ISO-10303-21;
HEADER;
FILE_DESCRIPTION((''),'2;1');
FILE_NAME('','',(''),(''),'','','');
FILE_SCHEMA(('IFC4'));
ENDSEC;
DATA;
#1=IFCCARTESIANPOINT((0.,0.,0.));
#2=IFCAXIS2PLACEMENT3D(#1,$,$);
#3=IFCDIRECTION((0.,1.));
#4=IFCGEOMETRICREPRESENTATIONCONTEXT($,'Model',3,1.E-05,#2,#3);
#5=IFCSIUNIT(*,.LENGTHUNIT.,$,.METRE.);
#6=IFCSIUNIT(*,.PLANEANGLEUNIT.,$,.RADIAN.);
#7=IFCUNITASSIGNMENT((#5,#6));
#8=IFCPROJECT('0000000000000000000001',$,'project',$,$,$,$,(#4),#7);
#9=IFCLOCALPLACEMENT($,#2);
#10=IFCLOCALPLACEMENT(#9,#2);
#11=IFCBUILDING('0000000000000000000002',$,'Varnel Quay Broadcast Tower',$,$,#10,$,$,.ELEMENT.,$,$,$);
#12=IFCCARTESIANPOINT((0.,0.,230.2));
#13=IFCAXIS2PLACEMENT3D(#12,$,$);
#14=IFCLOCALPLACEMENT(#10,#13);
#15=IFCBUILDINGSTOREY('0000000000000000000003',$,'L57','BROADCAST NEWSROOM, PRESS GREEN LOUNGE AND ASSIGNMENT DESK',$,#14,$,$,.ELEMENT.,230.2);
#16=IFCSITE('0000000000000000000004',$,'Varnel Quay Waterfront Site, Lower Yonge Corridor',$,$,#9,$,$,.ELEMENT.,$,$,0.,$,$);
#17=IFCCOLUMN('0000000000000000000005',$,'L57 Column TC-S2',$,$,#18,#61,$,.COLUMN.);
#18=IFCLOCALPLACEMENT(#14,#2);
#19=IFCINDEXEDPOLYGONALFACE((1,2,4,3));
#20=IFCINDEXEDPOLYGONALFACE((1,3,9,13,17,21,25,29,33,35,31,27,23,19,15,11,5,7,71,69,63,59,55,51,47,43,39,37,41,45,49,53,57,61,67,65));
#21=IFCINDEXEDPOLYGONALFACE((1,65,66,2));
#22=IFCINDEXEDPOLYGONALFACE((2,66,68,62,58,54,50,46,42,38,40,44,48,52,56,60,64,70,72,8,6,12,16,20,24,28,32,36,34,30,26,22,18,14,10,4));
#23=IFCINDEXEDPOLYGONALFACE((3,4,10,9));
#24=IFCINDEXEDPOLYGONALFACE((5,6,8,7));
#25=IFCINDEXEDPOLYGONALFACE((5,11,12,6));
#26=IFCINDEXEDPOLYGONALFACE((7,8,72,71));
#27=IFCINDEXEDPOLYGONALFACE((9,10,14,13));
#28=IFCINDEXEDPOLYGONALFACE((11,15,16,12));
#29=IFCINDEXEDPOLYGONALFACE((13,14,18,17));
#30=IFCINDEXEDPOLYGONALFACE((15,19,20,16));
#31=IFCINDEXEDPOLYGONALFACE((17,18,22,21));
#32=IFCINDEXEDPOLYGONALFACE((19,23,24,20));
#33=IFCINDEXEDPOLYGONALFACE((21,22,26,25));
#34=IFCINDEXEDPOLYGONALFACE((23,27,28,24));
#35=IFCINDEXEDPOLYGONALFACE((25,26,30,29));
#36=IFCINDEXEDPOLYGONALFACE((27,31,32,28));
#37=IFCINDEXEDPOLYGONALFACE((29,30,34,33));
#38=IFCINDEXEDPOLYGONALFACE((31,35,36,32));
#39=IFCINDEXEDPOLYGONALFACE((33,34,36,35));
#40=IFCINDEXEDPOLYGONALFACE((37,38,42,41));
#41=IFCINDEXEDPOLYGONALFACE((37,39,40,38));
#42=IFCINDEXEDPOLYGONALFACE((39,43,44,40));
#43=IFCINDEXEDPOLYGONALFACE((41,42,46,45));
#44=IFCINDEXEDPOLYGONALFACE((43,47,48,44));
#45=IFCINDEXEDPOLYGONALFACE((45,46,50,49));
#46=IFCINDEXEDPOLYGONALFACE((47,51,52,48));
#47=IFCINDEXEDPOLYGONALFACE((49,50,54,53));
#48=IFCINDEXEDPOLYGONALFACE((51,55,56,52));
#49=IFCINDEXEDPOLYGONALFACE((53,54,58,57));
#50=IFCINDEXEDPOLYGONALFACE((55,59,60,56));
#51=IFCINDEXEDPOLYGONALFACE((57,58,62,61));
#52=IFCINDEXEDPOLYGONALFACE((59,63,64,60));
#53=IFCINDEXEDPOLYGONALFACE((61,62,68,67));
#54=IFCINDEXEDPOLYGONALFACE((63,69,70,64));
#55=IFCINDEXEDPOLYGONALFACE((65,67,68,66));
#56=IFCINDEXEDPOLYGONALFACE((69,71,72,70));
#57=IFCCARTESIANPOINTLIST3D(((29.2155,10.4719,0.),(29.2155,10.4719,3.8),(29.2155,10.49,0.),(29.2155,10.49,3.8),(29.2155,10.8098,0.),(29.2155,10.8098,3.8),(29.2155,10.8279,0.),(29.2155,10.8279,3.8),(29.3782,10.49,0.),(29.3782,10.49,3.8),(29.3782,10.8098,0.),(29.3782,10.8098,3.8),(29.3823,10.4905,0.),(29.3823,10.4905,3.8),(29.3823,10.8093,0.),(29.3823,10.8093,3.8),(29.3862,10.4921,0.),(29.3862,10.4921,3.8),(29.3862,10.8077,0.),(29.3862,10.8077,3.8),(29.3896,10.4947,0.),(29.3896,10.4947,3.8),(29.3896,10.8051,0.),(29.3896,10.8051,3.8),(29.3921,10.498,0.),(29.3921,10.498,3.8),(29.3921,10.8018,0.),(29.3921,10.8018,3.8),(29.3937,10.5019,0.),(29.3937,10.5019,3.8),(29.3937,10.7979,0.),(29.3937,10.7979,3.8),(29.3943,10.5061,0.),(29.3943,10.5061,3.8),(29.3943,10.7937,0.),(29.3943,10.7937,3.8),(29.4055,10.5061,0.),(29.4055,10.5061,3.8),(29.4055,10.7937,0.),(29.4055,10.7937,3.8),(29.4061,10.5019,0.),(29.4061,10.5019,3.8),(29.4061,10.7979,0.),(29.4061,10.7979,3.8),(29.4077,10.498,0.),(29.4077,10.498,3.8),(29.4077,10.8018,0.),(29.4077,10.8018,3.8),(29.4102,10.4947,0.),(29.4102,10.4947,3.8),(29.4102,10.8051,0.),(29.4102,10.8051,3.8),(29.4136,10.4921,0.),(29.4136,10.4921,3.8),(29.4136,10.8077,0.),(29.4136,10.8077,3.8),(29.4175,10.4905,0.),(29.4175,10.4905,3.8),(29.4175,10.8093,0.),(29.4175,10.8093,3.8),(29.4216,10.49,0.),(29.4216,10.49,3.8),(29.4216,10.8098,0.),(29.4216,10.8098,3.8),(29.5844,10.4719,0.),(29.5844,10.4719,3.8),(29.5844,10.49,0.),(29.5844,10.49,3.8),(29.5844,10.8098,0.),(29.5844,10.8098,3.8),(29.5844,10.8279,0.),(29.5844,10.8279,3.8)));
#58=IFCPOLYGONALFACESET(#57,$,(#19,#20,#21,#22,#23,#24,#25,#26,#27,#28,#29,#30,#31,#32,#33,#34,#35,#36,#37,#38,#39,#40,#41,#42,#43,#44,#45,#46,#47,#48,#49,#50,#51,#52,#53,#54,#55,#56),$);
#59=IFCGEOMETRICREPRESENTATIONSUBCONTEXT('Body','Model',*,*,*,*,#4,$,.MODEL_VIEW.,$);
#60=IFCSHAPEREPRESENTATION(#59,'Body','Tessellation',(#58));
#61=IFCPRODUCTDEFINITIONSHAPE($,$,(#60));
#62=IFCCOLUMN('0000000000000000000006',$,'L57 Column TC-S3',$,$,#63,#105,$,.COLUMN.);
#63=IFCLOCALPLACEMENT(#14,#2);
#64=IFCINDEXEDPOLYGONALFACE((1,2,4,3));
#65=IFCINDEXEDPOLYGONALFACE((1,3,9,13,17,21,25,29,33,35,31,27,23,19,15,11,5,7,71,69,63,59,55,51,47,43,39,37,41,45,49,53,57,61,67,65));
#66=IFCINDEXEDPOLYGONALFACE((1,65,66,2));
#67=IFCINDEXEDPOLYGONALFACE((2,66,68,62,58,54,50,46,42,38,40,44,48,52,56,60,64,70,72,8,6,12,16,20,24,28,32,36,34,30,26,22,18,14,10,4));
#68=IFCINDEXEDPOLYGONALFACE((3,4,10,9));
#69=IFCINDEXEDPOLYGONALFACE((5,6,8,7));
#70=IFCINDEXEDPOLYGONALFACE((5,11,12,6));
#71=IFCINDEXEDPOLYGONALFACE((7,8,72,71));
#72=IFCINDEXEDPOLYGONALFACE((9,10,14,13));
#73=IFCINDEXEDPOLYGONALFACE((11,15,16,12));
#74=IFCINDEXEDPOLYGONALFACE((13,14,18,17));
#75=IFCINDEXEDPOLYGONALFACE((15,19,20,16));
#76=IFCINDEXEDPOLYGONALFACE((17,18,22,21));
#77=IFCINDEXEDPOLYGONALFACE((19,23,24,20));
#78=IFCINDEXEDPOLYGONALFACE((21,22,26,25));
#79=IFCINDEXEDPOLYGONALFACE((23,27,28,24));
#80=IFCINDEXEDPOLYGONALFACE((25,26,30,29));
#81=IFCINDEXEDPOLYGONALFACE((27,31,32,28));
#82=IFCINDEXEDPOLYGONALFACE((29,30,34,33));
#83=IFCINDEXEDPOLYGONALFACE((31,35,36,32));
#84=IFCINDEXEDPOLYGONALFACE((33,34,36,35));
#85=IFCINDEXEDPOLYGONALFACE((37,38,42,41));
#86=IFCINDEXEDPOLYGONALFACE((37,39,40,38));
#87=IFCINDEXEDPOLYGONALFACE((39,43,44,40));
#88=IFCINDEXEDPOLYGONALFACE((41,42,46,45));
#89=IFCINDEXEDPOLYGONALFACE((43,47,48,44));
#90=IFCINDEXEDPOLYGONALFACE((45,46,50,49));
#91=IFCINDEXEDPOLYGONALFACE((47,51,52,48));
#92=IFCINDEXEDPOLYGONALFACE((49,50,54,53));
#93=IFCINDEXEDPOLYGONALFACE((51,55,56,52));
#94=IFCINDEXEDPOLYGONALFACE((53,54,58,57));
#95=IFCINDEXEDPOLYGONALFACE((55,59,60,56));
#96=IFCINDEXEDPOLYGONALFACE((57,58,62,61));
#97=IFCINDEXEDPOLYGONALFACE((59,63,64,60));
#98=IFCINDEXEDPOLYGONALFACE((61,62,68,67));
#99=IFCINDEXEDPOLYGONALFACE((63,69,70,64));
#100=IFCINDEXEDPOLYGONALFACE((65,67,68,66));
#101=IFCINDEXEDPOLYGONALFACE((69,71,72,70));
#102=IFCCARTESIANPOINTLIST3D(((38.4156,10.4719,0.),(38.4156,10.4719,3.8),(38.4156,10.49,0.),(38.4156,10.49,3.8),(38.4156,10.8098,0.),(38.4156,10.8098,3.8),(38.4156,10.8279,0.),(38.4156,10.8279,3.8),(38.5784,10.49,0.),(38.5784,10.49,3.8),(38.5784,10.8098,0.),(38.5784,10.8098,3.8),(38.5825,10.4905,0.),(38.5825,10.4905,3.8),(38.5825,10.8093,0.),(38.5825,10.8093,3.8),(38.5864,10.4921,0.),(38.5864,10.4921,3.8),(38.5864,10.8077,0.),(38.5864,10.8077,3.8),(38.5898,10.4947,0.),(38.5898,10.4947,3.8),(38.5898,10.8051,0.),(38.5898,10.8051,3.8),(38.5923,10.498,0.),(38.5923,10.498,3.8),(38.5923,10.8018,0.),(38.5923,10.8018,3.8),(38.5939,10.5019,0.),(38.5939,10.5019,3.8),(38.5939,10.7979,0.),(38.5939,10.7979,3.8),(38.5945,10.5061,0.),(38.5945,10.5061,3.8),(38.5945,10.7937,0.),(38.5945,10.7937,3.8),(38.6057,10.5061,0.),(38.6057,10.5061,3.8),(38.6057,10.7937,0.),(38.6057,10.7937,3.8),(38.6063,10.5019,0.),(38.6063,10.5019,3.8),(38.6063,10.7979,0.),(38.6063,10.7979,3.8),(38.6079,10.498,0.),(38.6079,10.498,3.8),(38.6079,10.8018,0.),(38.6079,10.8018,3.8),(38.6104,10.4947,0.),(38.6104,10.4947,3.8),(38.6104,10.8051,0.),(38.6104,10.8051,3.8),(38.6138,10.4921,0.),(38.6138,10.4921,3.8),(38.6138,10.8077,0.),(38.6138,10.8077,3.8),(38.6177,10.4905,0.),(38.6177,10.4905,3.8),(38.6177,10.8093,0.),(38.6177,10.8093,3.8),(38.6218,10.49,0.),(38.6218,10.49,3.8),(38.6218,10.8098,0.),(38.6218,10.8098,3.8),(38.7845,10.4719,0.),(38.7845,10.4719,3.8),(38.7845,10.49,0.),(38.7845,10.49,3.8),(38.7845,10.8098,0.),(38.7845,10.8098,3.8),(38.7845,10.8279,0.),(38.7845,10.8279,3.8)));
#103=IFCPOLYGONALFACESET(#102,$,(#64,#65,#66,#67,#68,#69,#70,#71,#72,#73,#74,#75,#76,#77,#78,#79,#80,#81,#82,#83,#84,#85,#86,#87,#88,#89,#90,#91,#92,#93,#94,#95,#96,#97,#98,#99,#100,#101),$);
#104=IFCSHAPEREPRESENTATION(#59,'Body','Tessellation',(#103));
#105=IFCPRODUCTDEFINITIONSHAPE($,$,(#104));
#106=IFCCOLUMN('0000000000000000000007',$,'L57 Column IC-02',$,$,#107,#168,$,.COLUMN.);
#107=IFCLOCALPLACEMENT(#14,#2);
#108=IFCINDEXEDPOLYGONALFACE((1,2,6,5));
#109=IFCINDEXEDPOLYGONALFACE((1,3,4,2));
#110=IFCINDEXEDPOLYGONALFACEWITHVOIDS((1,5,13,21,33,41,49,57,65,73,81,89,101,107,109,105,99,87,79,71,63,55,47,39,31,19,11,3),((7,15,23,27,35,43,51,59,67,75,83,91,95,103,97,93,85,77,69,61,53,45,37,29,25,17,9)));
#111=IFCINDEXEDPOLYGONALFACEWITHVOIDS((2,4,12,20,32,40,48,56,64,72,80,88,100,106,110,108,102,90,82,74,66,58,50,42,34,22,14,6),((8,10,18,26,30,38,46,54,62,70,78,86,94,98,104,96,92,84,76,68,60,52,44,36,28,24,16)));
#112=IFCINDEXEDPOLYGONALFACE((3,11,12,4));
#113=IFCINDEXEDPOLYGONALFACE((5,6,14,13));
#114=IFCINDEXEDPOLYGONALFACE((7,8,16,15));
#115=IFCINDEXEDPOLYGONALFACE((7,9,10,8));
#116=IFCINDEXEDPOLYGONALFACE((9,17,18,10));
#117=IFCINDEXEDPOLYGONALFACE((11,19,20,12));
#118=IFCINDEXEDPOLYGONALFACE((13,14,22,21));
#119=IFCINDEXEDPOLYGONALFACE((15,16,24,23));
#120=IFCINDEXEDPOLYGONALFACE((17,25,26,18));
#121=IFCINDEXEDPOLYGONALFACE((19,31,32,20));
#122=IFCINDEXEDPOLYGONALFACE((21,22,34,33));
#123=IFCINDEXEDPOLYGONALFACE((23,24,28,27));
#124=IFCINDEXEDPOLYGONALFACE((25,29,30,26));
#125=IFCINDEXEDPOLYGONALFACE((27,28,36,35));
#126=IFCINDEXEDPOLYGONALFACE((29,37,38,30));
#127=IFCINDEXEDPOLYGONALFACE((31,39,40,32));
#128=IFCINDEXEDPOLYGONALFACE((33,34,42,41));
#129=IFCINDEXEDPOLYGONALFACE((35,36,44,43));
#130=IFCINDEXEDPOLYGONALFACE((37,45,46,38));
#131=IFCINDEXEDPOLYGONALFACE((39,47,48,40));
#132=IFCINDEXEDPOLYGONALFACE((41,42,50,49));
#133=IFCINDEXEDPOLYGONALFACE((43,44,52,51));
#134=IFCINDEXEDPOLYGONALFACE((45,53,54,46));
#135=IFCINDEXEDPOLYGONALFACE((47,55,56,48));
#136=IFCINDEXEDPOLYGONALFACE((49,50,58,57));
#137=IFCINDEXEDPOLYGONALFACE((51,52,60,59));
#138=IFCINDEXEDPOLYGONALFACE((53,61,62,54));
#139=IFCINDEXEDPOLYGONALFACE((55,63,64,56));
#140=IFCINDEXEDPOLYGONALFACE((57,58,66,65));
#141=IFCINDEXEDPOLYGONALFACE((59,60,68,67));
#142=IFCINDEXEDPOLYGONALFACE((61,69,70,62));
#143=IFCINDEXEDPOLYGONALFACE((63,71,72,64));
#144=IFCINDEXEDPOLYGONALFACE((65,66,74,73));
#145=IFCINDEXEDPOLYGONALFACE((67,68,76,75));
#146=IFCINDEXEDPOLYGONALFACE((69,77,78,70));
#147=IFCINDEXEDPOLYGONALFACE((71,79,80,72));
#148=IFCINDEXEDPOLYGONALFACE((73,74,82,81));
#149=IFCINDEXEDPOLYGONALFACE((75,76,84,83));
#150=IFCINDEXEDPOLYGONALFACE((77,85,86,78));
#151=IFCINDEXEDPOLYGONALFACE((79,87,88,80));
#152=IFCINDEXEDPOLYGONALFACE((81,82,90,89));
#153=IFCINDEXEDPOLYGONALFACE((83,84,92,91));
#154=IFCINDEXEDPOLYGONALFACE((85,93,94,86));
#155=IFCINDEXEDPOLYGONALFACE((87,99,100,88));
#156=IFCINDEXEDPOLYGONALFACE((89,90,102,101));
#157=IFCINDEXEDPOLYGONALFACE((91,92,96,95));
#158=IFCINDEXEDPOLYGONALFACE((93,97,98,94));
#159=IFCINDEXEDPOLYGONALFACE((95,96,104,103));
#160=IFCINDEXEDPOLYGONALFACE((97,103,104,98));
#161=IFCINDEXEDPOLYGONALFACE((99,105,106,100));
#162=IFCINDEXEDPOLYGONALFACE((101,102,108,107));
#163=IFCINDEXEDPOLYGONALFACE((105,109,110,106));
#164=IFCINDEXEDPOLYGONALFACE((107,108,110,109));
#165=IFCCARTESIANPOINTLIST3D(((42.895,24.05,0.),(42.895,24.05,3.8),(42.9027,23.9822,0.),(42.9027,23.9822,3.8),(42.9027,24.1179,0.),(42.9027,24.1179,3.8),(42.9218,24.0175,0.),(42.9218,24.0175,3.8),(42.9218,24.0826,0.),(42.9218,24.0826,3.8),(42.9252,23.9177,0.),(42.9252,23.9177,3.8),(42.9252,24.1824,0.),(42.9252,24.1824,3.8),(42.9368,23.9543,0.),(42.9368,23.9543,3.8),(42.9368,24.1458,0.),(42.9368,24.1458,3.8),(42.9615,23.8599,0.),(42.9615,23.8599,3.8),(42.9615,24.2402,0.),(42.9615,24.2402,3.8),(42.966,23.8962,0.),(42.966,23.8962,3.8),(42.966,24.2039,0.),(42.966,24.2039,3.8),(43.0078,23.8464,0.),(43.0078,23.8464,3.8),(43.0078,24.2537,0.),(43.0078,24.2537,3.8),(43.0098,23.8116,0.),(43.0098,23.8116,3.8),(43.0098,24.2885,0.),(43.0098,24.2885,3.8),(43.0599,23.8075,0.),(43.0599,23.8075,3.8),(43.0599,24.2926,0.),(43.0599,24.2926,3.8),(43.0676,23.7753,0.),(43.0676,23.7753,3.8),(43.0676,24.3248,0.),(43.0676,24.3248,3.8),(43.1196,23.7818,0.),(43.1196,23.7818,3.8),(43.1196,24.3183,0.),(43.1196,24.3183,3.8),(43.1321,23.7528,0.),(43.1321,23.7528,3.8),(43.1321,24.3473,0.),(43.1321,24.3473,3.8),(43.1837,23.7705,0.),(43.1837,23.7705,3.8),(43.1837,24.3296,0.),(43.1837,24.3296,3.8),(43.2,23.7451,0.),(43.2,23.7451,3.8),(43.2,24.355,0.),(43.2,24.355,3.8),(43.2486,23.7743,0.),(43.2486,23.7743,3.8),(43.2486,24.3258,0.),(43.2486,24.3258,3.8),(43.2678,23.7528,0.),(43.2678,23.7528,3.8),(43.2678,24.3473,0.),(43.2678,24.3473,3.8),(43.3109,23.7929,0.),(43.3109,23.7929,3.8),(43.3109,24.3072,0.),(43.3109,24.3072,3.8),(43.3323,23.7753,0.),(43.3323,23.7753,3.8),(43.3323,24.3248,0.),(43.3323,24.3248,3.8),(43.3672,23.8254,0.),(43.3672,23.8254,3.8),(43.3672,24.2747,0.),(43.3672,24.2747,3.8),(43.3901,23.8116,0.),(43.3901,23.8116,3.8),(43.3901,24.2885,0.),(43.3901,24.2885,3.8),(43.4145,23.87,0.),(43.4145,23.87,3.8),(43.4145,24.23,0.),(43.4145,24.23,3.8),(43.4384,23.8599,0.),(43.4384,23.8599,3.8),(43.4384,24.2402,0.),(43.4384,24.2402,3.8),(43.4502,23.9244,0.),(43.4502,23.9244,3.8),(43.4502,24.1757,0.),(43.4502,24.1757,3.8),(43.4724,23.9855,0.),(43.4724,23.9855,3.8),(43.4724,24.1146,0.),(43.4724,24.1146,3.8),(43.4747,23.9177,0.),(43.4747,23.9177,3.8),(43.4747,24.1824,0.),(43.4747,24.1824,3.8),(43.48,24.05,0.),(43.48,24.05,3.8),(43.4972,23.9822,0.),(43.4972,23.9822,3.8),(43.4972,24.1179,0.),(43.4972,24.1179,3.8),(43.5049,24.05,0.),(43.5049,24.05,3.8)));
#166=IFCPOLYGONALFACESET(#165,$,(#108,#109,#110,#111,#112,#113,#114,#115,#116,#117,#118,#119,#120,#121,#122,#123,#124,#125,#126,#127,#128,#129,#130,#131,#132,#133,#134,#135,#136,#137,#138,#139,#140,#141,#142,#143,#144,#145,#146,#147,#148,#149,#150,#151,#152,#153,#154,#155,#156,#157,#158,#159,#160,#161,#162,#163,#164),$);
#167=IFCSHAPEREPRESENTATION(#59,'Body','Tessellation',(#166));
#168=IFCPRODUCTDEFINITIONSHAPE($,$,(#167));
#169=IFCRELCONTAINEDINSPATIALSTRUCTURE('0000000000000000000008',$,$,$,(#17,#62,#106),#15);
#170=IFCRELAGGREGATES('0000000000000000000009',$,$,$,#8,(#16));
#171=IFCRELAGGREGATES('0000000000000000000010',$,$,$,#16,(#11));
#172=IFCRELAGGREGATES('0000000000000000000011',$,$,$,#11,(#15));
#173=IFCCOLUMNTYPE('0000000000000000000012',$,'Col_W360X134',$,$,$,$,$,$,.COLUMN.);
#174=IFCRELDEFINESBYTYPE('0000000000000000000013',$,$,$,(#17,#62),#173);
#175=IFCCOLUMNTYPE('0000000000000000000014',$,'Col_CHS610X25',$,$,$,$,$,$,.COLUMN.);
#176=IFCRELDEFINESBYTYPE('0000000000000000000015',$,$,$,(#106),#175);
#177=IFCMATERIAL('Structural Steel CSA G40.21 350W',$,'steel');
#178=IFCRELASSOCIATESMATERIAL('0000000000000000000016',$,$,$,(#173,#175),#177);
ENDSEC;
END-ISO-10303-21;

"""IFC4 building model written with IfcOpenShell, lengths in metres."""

from ifc_helpers import new_model, si_unit, direction, frame, origin, origin_2d, place, context, subcontext, project, spatial, hollow_circle, i_section, extrude, source, transform, mapped, material, material_profile, profile_set, type_object, type_shapes, element, save


model = new_model("IFC4")

# Units and contexts
model_context = context("Model", 3, precision=1e-05, world=origin(), true_north=direction((0.0, 1.0)))
body_context = subcontext(model_context, "Body", "Model", "MODEL_VIEW")
ifc_project = project(units=[si_unit("LENGTHUNIT", "METRE"), si_unit("PLANEANGLEUNIT", "RADIAN")], contexts=[model_context])

# Site, building, storey
site_placement = place(None, origin())
site = spatial("IfcSite", under=ifc_project, at=site_placement, Name="Varnel Quay Waterfront Site, Lower Yonge Corridor", CompositionType="ELEMENT", RefElevation=0.0)
building_placement = place(site_placement, origin())
building = spatial("IfcBuilding", under=site, at=building_placement, Name="Varnel Quay Broadcast Tower", CompositionType="ELEMENT")
storey_placement = place(building_placement, frame((0.0, 0.0, 230.2)))
storey = spatial("IfcBuildingStorey", under=building, at=storey_placement, Name="L57", Description="BROADCAST NEWSROOM, PRESS GREEN LOUNGE AND ASSIGNMENT DESK", CompositionType="ELEMENT", Elevation=230.2)

# Columns
ifc_material_1 = material(Name="Structural Steel CSA G40.21 350W", Category="steel")
ifc_material_profile_1 = material_profile(ifc_material_1, i_section(OverallWidth=0.3689, OverallDepth=0.356, WebThickness=0.0112, FlangeThickness=0.0181, FilletRadius=0.0161, at=origin_2d()), Name="W360X134")
ifc_profile_set_1 = profile_set([ifc_material_profile_1], Name="Structural Steel CSA G40.21 350W")
column_type_1 = type_object("IfcColumnType", Name="Col_W360X134", PredefinedType="COLUMN", material=ifc_profile_set_1)
shared_shape_1 = source(origin(), body_context, "Body", "SweptSolid", [
    extrude(i_section(OverallWidth=0.3689, OverallDepth=0.356, WebThickness=0.0112, FlangeThickness=0.0181, FilletRadius=0.0161, at=origin_2d()), origin(), (0.0, 0.0, 1.0), 3.8),
])
type_shapes(column_type_1, [shared_shape_1])
for number, where, z_axis, x_axis, name in (
    (1, (29.3999, 10.6499, 0.0), (0.0, 0.0, 1.0), (1.0, 0.0, 0.0), "L57 Column TC-S2"),
    (2, (38.6001, 10.6499, 0.0), (0.0, 0.0, 1.0), (1.0, 0.0, 0.0), "L57 Column TC-S3"),
):
    element("IfcColumn", number, at=place(storey_placement, frame(where, z_axis=z_axis, x_axis=x_axis)), inside=storey, type_object=column_type_1, Name=name, PredefinedType="COLUMN", context=body_context, shape_type="MappedRepresentation", body=[
        mapped(shared_shape_1, transform((0.0, 0.0, 0.0), x_axis=(1.0, 0.0, 0.0), y_axis=(0.0, 1.0, 0.0), z_axis=(0.0, 0.0, 1.0), scale=1.0)),
    ])
ifc_material_profile_2 = material_profile(ifc_material_1, hollow_circle(Radius=0.3049, WallThickness=0.0249, at=origin_2d()), Name="CHS610X25")
ifc_profile_set_2 = profile_set([ifc_material_profile_2], Name="Structural Steel CSA G40.21 350W")
column_type_2 = type_object("IfcColumnType", Name="Col_CHS610X25", PredefinedType="COLUMN", material=ifc_profile_set_2)
shared_shape_2 = source(origin(), body_context, "Body", "SweptSolid", [
    extrude(hollow_circle(Radius=0.3049, WallThickness=0.0249, at=origin_2d()), origin(), (0.0, 0.0, 1.0), 3.8),
])
type_shapes(column_type_2, [shared_shape_2])
column_placement = place(storey_placement, frame((43.2, 24.05, 0.0), z_axis=(0.0, 0.0, 1.0), x_axis=(1.0, 0.0, 0.0)))
element("IfcColumn", 3, at=column_placement, inside=storey, type_object=column_type_2, Name="L57 Column IC-02", PredefinedType="COLUMN", context=body_context, shape_type="MappedRepresentation", body=[
    mapped(shared_shape_2, transform((0.0, 0.0, 0.0), x_axis=(1.0, 0.0, 0.0), y_axis=(0.0, 1.0, 0.0), z_axis=(0.0, 0.0, 1.0), scale=1.0)),
])

save(model, "model.ifc")
